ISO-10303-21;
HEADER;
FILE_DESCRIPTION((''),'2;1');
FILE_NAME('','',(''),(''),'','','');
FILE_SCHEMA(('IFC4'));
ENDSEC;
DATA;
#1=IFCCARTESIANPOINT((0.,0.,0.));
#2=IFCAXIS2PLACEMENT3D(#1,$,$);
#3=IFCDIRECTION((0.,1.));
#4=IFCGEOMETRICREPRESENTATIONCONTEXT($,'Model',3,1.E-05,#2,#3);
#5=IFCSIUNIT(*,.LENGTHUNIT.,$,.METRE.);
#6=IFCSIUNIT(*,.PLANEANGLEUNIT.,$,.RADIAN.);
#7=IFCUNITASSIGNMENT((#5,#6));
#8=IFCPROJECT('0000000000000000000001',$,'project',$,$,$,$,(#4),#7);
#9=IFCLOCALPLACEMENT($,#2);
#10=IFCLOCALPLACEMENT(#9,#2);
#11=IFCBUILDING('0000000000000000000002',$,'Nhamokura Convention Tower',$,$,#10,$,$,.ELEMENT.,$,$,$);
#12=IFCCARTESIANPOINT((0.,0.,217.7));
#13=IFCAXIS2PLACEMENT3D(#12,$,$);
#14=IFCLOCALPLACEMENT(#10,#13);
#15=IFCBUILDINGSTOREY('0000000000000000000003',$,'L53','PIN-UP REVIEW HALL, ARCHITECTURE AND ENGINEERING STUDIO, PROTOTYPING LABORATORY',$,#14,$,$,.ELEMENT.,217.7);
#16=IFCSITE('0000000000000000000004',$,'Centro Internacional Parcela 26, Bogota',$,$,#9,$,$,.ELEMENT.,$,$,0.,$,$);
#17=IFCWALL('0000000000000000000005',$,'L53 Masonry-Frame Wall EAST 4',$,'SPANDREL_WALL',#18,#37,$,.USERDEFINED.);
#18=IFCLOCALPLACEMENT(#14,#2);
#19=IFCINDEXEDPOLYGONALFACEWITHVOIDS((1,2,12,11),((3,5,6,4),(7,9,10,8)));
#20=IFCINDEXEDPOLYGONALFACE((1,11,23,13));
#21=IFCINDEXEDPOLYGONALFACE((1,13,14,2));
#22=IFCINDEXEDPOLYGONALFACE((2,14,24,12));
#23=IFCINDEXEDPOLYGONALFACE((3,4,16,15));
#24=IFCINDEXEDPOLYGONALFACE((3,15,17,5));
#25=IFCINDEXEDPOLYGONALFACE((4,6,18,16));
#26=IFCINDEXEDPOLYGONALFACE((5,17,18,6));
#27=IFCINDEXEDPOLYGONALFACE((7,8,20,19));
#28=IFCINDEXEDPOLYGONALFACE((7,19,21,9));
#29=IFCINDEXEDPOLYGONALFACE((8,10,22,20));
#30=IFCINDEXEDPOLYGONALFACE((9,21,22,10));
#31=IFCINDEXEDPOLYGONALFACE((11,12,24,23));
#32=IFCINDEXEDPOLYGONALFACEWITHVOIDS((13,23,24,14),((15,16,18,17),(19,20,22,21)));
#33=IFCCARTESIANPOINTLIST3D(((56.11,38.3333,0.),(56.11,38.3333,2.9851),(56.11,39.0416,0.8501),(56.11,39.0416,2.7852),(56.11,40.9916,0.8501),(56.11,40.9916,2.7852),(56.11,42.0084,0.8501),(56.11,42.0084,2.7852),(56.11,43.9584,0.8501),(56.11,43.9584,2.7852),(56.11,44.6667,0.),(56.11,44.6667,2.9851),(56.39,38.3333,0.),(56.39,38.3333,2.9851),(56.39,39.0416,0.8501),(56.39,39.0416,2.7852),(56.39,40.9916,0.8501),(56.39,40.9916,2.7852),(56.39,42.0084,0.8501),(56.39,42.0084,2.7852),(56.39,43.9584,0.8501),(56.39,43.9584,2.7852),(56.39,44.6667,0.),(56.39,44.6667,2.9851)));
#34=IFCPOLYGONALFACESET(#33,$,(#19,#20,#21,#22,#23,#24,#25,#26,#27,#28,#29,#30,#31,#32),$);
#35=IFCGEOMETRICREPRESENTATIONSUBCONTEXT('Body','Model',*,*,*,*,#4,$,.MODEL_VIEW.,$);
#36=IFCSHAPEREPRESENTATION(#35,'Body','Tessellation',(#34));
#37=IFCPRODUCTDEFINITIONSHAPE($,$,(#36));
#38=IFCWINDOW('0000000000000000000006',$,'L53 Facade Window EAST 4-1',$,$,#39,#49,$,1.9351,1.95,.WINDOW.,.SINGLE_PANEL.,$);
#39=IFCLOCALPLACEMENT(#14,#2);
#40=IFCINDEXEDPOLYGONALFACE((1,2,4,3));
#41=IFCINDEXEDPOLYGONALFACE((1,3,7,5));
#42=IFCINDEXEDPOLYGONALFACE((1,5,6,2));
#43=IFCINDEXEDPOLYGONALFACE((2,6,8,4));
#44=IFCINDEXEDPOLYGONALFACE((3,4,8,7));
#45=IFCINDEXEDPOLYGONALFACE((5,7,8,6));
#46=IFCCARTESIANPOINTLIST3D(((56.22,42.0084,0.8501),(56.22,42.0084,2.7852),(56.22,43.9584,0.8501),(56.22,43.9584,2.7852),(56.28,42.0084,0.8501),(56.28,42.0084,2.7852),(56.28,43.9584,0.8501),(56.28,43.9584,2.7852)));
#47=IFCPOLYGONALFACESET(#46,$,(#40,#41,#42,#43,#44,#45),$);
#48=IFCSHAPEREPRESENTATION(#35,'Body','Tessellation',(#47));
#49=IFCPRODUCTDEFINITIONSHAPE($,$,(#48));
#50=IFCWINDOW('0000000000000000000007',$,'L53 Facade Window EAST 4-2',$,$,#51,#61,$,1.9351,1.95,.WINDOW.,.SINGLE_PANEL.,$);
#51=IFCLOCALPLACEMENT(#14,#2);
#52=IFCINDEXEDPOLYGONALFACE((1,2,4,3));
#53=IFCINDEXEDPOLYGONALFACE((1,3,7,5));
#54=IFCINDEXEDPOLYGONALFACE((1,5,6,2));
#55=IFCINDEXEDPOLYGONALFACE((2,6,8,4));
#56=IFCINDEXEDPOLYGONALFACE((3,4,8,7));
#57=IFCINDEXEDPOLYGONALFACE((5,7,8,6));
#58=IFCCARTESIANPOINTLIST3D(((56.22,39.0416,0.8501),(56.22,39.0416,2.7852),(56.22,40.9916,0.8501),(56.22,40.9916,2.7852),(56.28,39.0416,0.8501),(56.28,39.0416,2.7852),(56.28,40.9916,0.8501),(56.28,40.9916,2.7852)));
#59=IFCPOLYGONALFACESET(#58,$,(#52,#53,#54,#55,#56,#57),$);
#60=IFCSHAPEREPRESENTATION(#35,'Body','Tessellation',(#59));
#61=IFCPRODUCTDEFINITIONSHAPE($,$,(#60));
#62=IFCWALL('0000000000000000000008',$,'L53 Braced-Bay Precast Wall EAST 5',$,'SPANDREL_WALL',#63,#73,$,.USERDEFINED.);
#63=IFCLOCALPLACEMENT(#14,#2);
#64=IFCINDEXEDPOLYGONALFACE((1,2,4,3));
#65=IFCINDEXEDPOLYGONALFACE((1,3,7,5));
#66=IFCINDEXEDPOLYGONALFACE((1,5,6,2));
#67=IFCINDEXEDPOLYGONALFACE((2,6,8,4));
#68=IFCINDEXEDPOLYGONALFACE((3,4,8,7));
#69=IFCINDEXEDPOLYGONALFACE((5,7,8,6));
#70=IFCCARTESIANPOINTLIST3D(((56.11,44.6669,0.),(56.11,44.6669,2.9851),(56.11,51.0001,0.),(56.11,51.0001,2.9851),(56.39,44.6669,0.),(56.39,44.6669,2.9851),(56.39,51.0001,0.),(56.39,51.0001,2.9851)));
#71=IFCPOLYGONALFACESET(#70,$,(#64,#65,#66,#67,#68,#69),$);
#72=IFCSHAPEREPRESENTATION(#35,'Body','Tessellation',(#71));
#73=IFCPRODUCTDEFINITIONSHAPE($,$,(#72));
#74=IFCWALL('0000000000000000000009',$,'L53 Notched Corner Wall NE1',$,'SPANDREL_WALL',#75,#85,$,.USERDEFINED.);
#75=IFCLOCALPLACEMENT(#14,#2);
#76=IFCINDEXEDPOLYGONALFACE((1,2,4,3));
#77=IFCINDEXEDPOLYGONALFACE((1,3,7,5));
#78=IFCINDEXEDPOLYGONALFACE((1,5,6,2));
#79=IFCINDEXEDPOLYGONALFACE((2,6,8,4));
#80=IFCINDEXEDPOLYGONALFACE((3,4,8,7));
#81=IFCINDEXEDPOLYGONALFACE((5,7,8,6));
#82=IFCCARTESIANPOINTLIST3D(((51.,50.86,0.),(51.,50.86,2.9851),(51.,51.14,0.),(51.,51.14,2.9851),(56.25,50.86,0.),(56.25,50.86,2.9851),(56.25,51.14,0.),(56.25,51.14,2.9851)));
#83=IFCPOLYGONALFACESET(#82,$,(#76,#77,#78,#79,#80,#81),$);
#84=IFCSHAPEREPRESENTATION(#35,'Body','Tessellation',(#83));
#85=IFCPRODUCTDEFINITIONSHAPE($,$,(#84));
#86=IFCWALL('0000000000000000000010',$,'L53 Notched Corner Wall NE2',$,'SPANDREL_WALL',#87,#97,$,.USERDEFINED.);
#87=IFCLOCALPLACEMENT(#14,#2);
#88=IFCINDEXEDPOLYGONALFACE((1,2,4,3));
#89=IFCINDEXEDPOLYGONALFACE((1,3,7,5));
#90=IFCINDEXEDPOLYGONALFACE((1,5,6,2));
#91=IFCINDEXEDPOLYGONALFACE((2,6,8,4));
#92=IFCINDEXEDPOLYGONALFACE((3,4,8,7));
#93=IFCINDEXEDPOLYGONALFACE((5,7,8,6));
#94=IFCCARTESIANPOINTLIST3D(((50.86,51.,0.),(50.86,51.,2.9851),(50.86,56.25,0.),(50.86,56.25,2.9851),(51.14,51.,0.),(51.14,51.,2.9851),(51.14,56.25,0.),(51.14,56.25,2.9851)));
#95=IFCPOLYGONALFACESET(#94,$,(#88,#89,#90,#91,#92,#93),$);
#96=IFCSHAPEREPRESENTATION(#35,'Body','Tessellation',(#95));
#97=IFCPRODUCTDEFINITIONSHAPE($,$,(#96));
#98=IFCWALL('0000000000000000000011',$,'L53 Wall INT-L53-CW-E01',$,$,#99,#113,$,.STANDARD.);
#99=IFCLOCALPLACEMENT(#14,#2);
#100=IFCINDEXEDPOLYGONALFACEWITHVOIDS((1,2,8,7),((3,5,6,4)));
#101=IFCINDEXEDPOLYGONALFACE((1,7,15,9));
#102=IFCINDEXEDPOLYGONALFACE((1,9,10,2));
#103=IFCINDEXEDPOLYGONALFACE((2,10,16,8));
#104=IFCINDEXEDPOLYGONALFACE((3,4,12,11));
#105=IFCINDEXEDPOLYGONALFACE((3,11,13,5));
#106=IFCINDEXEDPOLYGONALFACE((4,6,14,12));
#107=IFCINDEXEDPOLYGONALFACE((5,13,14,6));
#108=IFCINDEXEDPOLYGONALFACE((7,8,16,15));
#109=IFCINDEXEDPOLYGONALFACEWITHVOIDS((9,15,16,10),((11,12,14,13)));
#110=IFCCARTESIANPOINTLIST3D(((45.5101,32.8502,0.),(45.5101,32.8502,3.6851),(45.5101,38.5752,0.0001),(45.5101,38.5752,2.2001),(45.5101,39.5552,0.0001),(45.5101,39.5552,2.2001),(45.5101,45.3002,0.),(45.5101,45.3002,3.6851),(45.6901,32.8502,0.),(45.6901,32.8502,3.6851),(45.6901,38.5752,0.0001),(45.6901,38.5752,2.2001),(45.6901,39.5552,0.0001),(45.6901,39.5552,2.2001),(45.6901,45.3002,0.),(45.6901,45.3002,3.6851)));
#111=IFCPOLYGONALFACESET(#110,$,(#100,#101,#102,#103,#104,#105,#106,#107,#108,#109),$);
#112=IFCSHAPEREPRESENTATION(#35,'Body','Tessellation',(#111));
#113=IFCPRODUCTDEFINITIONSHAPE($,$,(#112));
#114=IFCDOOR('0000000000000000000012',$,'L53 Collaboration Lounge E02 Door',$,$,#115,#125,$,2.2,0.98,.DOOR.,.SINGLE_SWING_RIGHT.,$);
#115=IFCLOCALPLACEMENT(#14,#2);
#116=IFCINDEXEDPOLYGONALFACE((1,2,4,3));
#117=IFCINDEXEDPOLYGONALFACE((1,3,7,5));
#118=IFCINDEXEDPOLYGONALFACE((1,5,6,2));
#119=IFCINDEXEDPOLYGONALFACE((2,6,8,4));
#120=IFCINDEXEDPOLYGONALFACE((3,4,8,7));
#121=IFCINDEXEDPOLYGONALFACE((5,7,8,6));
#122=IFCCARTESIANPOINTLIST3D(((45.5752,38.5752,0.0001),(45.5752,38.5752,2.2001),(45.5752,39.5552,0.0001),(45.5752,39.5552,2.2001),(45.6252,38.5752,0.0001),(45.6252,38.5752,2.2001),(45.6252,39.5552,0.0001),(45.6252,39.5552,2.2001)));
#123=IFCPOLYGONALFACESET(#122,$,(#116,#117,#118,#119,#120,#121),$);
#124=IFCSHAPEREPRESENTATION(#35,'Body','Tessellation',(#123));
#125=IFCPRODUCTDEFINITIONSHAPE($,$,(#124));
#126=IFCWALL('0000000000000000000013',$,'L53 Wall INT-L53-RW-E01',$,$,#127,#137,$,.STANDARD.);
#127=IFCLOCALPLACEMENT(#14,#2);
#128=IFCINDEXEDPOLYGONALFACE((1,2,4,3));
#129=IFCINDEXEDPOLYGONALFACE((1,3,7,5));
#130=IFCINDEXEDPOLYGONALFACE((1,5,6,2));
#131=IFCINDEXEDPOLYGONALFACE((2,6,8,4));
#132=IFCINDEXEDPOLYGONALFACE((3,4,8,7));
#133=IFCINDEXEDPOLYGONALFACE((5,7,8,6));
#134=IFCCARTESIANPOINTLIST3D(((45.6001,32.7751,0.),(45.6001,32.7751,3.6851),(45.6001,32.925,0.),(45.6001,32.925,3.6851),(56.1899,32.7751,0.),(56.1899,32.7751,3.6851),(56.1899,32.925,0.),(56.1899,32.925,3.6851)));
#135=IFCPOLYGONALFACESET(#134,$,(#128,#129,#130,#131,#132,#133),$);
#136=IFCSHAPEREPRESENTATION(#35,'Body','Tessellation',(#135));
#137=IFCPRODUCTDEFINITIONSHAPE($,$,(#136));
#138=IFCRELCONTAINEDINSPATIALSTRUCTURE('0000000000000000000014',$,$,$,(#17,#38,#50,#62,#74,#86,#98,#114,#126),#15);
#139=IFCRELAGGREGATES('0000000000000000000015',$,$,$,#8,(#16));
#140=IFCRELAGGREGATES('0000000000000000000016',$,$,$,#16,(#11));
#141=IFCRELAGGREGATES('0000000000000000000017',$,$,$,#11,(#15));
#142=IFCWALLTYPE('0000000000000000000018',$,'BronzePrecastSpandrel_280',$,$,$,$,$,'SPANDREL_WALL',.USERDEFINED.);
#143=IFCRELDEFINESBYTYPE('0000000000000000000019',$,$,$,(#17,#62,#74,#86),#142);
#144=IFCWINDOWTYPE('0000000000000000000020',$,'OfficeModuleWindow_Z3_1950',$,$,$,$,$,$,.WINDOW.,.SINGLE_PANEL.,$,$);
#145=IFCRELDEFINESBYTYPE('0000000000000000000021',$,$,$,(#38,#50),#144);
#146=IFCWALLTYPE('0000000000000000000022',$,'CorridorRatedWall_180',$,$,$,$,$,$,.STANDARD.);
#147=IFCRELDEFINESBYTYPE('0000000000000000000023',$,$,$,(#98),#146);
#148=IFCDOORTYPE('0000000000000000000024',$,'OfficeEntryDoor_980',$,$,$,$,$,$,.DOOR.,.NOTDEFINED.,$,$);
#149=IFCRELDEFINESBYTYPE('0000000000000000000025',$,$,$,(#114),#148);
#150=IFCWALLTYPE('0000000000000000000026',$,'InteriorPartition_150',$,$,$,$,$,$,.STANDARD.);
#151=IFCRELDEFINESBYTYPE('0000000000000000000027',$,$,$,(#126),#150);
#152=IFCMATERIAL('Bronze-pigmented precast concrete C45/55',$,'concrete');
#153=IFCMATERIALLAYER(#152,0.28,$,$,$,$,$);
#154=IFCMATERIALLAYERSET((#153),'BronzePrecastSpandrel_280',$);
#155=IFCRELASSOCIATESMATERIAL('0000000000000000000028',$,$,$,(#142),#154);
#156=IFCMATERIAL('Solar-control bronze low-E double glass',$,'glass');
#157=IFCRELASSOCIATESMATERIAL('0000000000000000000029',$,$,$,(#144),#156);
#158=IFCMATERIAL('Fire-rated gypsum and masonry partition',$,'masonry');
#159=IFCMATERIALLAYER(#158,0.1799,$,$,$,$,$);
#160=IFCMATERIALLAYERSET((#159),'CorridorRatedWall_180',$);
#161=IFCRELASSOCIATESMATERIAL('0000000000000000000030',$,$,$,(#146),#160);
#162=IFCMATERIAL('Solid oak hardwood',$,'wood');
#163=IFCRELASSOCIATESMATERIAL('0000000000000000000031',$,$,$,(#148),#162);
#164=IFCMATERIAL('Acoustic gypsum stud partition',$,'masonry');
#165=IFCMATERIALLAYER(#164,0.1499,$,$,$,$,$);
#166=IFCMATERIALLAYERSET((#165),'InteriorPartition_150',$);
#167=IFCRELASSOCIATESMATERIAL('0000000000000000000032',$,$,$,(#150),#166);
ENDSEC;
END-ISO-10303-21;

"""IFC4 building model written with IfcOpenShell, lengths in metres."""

from ifc_helpers import new_model, si_unit, direction, frame, frame_2d, origin, place, context, subcontext, project, spatial, rectangle, extrude, material, layer, layer_set, type_object, element, fill, save


model = new_model("IFC4")

# Units and contexts
model_context = context("Model", 3, precision=1e-05, world=origin(), true_north=direction((0.0, 1.0)))
body_context = subcontext(model_context, "Body", "Model", "MODEL_VIEW")
ifc_project = project(units=[si_unit("LENGTHUNIT", "METRE"), si_unit("PLANEANGLEUNIT", "RADIAN")], contexts=[model_context])

# Site, building, storey
site_placement = place(None, origin())
site = spatial("IfcSite", under=ifc_project, at=site_placement, Name="Centro Internacional Parcela 26, Bogota", CompositionType="ELEMENT", RefElevation=0.0)
building_placement = place(site_placement, origin())
building = spatial("IfcBuilding", under=site, at=building_placement, Name="Nhamokura Convention Tower", CompositionType="ELEMENT")
storey_placement = place(building_placement, frame((0.0, 0.0, 217.7)))
storey = spatial("IfcBuildingStorey", under=building, at=storey_placement, Name="L53", Description="PIN-UP REVIEW HALL, ARCHITECTURE AND ENGINEERING STUDIO, PROTOTYPING LABORATORY", CompositionType="ELEMENT", Elevation=217.7)

# Shared definitions
ifc_material_1 = material(Name="Bronze-pigmented precast concrete C45/55", Category="concrete")
ifc_layer_1 = layer(ifc_material_1, 0.28)
ifc_layer_set_1 = layer_set([ifc_layer_1], Name="BronzePrecastSpandrel_280")
wall_type_1 = type_object("IfcWallType", Name="BronzePrecastSpandrel_280", ElementType="SPANDREL_WALL", PredefinedType="USERDEFINED", material=ifc_layer_set_1)

# Wall, openings, windows
wall_1_placement = place(storey_placement, frame((56.25, 44.6667, 0.0), z_axis=(0.0, 0.0, 1.0), x_axis=(0.0, -1.0, 0.0)))
wall_1 = element("IfcWall", 1, at=wall_1_placement, inside=storey, type_object=wall_type_1, Name="L53 Masonry-Frame Wall EAST 4", ObjectType="SPANDREL_WALL", PredefinedType="USERDEFINED", context=body_context, shape_type="SweptSolid", body=[
    extrude(rectangle(XDim=6.3335, YDim=0.28, at=frame_2d((3.1667, 0.0))), origin(), (0.0, 0.0, 1.0), 2.9851),
])
opening_1_placement = place(wall_1_placement, frame((0.7083, 0.0, 0.8501)))
opening_1 = element("IfcOpeningElement", 2, at=opening_1_placement, cuts=wall_1, PredefinedType="OPENING", context=body_context, shape_type="SweptSolid", body=[
    extrude(rectangle(XDim=1.95, YDim=1.9351, at=frame_2d((0.9751, 0.9675))), frame((0.0, 0.1499, 0.0), z_axis=(0.0, -1.0, 0.0), x_axis=(1.0, 0.0, 0.0)), (0.0, 0.0, 1.0), 0.3),
])
opening_2_placement = place(wall_1_placement, frame((3.675, 0.0, 0.8501)))
opening_2 = element("IfcOpeningElement", 3, at=opening_2_placement, cuts=wall_1, PredefinedType="OPENING", context=body_context, shape_type="SweptSolid", body=[
    extrude(rectangle(XDim=1.95, YDim=1.9351, at=frame_2d((0.9751, 0.9675))), frame((0.0, 0.1499, 0.0), z_axis=(0.0, -1.0, 0.0), x_axis=(1.0, 0.0, 0.0)), (0.0, 0.0, 1.0), 0.3),
])
ifc_material_2 = material(Name="Solar-control bronze low-E double glass", Category="glass")
window_type_1 = type_object("IfcWindowType", Name="OfficeModuleWindow_Z3_1950", PartitioningType="SINGLE_PANEL", PredefinedType="WINDOW", material=ifc_material_2)
window_1_placement = place(opening_1_placement, origin())
window_1 = element("IfcWindow", 4, at=window_1_placement, inside=storey, type_object=window_type_1, Name="L53 Facade Window EAST 4-1", OverallHeight=1.9351, OverallWidth=1.95, PartitioningType="SINGLE_PANEL", PredefinedType="WINDOW", context=body_context, shape_type="SweptSolid", body=[
    extrude(rectangle(XDim=1.95, YDim=1.9351, at=frame_2d((0.9751, 0.9675))), frame((0.0, 0.03, 0.0), z_axis=(0.0, -1.0, 0.0), x_axis=(1.0, 0.0, 0.0)), (0.0, 0.0, 1.0), 0.0601),
])
fill(opening_1, window_1)
window_2_placement = place(opening_2_placement, origin())
window_2 = element("IfcWindow", 5, at=window_2_placement, inside=storey, type_object=window_type_1, Name="L53 Facade Window EAST 4-2", OverallHeight=1.9351, OverallWidth=1.95, PartitioningType="SINGLE_PANEL", PredefinedType="WINDOW", context=body_context, shape_type="SweptSolid", body=[
    extrude(rectangle(XDim=1.95, YDim=1.9351, at=frame_2d((0.9751, 0.9675))), frame((0.0, 0.03, 0.0), z_axis=(0.0, -1.0, 0.0), x_axis=(1.0, 0.0, 0.0)), (0.0, 0.0, 1.0), 0.0601),
])
fill(opening_2, window_2)

# Walls
wall_2_placement = place(storey_placement, frame((56.25, 51.0, 0.0), z_axis=(0.0, 0.0, 1.0), x_axis=(0.0, -1.0, 0.0)))
element("IfcWall", 6, at=wall_2_placement, inside=storey, type_object=wall_type_1, Name="L53 Braced-Bay Precast Wall EAST 5", ObjectType="SPANDREL_WALL", PredefinedType="USERDEFINED", context=body_context, shape_type="SweptSolid", body=[
    extrude(rectangle(XDim=6.3333, YDim=0.28, at=frame_2d((3.1665, 0.0))), origin(), (0.0, 0.0, 1.0), 2.9851),
])
for number, where, z_axis, x_axis, name in (
    (7, (51.0, 51.0, 0.0), (0.0, 0.0, 1.0), (1.0, 0.0, 0.0), "L53 Notched Corner Wall NE1"),
    (8, (51.0, 56.25, 0.0), (0.0, 0.0, 1.0), (0.0, -1.0, 0.0), "L53 Notched Corner Wall NE2"),
):
    element("IfcWall", number, at=place(storey_placement, frame(where, z_axis=z_axis, x_axis=x_axis)), inside=storey, type_object=wall_type_1, Name=name, ObjectType="SPANDREL_WALL", PredefinedType="USERDEFINED", context=body_context, shape_type="SweptSolid", body=[
        extrude(rectangle(XDim=5.25, YDim=0.28, at=frame_2d((2.625, 0.0))), origin(), (0.0, 0.0, 1.0), 2.9851),
    ])

# Wall, opening, door
ifc_material_3 = material(Name="Fire-rated gypsum and masonry partition", Category="masonry")
ifc_layer_2 = layer(ifc_material_3, 0.1799)
ifc_layer_set_2 = layer_set([ifc_layer_2], Name="CorridorRatedWall_180")
wall_type_2 = type_object("IfcWallType", Name="CorridorRatedWall_180", PredefinedType="STANDARD", material=ifc_layer_set_2)
wall_3_placement = place(storey_placement, frame((45.6001, 32.8501, 0.0), z_axis=(0.0, 0.0, 1.0), x_axis=(0.0, 1.0, 0.0)))
wall_3 = element("IfcWall", 9, at=wall_3_placement, inside=storey, type_object=wall_type_2, Name="L53 Wall INT-L53-CW-E01", PredefinedType="STANDARD", context=body_context, shape_type="SweptSolid", body=[
    extrude(rectangle(XDim=12.45, YDim=0.1799, at=frame_2d((6.2251, 0.0))), origin(), (0.0, 0.0, 1.0), 3.6851),
])
opening_3_placement = place(wall_3_placement, frame((5.7251, 0.0, 0.0)))
opening_3 = element("IfcOpeningElement", 10, at=opening_3_placement, cuts=wall_3, PredefinedType="OPENING", context=body_context, shape_type="SweptSolid", body=[
    extrude(rectangle(XDim=0.98, YDim=2.2, at=frame_2d((0.49, 1.1001))), frame((0.0, 0.0999, 0.0), z_axis=(0.0, -1.0, 0.0), x_axis=(1.0, 0.0, 0.0)), (0.0, 0.0, 1.0), 0.2),
])
ifc_material_4 = material(Name="Solid oak hardwood", Category="wood")
door_type = type_object("IfcDoorType", Name="OfficeEntryDoor_980", OperationType="NOTDEFINED", PredefinedType="DOOR", material=ifc_material_4)
door_placement = place(opening_3_placement, origin())
door = element("IfcDoor", 11, at=door_placement, inside=storey, type_object=door_type, Name="L53 Collaboration Lounge E02 Door", OperationType="SINGLE_SWING_RIGHT", OverallHeight=2.2, OverallWidth=0.98, PredefinedType="DOOR", context=body_context, shape_type="SweptSolid", body=[
    extrude(rectangle(XDim=0.98, YDim=2.2, at=frame_2d((0.49, 1.1001))), frame((0.0, 0.0249, 0.0), z_axis=(0.0, -1.0, 0.0), x_axis=(1.0, 0.0, 0.0)), (0.0, 0.0, 1.0), 0.05),
])
fill(opening_3, door)

# Wall
ifc_material_5 = material(Name="Acoustic gypsum stud partition", Category="masonry")
ifc_layer_3 = layer(ifc_material_5, 0.1499)
ifc_layer_set_3 = layer_set([ifc_layer_3], Name="InteriorPartition_150")
wall_type_3 = type_object("IfcWallType", Name="InteriorPartition_150", PredefinedType="STANDARD", material=ifc_layer_set_3)
wall_4_placement = place(storey_placement, frame((45.6001, 32.8501, 0.0), z_axis=(0.0, 0.0, 1.0), x_axis=(1.0, 0.0, 0.0)))
element("IfcWall", 12, at=wall_4_placement, inside=storey, type_object=wall_type_3, Name="L53 Wall INT-L53-RW-E01", PredefinedType="STANDARD", context=body_context, shape_type="SweptSolid", body=[
    extrude(rectangle(XDim=10.5898, YDim=0.1499, at=frame_2d((5.2949, 0.0))), origin(), (0.0, 0.0, 1.0), 3.6851),
])

save(model, "model.ifc")
